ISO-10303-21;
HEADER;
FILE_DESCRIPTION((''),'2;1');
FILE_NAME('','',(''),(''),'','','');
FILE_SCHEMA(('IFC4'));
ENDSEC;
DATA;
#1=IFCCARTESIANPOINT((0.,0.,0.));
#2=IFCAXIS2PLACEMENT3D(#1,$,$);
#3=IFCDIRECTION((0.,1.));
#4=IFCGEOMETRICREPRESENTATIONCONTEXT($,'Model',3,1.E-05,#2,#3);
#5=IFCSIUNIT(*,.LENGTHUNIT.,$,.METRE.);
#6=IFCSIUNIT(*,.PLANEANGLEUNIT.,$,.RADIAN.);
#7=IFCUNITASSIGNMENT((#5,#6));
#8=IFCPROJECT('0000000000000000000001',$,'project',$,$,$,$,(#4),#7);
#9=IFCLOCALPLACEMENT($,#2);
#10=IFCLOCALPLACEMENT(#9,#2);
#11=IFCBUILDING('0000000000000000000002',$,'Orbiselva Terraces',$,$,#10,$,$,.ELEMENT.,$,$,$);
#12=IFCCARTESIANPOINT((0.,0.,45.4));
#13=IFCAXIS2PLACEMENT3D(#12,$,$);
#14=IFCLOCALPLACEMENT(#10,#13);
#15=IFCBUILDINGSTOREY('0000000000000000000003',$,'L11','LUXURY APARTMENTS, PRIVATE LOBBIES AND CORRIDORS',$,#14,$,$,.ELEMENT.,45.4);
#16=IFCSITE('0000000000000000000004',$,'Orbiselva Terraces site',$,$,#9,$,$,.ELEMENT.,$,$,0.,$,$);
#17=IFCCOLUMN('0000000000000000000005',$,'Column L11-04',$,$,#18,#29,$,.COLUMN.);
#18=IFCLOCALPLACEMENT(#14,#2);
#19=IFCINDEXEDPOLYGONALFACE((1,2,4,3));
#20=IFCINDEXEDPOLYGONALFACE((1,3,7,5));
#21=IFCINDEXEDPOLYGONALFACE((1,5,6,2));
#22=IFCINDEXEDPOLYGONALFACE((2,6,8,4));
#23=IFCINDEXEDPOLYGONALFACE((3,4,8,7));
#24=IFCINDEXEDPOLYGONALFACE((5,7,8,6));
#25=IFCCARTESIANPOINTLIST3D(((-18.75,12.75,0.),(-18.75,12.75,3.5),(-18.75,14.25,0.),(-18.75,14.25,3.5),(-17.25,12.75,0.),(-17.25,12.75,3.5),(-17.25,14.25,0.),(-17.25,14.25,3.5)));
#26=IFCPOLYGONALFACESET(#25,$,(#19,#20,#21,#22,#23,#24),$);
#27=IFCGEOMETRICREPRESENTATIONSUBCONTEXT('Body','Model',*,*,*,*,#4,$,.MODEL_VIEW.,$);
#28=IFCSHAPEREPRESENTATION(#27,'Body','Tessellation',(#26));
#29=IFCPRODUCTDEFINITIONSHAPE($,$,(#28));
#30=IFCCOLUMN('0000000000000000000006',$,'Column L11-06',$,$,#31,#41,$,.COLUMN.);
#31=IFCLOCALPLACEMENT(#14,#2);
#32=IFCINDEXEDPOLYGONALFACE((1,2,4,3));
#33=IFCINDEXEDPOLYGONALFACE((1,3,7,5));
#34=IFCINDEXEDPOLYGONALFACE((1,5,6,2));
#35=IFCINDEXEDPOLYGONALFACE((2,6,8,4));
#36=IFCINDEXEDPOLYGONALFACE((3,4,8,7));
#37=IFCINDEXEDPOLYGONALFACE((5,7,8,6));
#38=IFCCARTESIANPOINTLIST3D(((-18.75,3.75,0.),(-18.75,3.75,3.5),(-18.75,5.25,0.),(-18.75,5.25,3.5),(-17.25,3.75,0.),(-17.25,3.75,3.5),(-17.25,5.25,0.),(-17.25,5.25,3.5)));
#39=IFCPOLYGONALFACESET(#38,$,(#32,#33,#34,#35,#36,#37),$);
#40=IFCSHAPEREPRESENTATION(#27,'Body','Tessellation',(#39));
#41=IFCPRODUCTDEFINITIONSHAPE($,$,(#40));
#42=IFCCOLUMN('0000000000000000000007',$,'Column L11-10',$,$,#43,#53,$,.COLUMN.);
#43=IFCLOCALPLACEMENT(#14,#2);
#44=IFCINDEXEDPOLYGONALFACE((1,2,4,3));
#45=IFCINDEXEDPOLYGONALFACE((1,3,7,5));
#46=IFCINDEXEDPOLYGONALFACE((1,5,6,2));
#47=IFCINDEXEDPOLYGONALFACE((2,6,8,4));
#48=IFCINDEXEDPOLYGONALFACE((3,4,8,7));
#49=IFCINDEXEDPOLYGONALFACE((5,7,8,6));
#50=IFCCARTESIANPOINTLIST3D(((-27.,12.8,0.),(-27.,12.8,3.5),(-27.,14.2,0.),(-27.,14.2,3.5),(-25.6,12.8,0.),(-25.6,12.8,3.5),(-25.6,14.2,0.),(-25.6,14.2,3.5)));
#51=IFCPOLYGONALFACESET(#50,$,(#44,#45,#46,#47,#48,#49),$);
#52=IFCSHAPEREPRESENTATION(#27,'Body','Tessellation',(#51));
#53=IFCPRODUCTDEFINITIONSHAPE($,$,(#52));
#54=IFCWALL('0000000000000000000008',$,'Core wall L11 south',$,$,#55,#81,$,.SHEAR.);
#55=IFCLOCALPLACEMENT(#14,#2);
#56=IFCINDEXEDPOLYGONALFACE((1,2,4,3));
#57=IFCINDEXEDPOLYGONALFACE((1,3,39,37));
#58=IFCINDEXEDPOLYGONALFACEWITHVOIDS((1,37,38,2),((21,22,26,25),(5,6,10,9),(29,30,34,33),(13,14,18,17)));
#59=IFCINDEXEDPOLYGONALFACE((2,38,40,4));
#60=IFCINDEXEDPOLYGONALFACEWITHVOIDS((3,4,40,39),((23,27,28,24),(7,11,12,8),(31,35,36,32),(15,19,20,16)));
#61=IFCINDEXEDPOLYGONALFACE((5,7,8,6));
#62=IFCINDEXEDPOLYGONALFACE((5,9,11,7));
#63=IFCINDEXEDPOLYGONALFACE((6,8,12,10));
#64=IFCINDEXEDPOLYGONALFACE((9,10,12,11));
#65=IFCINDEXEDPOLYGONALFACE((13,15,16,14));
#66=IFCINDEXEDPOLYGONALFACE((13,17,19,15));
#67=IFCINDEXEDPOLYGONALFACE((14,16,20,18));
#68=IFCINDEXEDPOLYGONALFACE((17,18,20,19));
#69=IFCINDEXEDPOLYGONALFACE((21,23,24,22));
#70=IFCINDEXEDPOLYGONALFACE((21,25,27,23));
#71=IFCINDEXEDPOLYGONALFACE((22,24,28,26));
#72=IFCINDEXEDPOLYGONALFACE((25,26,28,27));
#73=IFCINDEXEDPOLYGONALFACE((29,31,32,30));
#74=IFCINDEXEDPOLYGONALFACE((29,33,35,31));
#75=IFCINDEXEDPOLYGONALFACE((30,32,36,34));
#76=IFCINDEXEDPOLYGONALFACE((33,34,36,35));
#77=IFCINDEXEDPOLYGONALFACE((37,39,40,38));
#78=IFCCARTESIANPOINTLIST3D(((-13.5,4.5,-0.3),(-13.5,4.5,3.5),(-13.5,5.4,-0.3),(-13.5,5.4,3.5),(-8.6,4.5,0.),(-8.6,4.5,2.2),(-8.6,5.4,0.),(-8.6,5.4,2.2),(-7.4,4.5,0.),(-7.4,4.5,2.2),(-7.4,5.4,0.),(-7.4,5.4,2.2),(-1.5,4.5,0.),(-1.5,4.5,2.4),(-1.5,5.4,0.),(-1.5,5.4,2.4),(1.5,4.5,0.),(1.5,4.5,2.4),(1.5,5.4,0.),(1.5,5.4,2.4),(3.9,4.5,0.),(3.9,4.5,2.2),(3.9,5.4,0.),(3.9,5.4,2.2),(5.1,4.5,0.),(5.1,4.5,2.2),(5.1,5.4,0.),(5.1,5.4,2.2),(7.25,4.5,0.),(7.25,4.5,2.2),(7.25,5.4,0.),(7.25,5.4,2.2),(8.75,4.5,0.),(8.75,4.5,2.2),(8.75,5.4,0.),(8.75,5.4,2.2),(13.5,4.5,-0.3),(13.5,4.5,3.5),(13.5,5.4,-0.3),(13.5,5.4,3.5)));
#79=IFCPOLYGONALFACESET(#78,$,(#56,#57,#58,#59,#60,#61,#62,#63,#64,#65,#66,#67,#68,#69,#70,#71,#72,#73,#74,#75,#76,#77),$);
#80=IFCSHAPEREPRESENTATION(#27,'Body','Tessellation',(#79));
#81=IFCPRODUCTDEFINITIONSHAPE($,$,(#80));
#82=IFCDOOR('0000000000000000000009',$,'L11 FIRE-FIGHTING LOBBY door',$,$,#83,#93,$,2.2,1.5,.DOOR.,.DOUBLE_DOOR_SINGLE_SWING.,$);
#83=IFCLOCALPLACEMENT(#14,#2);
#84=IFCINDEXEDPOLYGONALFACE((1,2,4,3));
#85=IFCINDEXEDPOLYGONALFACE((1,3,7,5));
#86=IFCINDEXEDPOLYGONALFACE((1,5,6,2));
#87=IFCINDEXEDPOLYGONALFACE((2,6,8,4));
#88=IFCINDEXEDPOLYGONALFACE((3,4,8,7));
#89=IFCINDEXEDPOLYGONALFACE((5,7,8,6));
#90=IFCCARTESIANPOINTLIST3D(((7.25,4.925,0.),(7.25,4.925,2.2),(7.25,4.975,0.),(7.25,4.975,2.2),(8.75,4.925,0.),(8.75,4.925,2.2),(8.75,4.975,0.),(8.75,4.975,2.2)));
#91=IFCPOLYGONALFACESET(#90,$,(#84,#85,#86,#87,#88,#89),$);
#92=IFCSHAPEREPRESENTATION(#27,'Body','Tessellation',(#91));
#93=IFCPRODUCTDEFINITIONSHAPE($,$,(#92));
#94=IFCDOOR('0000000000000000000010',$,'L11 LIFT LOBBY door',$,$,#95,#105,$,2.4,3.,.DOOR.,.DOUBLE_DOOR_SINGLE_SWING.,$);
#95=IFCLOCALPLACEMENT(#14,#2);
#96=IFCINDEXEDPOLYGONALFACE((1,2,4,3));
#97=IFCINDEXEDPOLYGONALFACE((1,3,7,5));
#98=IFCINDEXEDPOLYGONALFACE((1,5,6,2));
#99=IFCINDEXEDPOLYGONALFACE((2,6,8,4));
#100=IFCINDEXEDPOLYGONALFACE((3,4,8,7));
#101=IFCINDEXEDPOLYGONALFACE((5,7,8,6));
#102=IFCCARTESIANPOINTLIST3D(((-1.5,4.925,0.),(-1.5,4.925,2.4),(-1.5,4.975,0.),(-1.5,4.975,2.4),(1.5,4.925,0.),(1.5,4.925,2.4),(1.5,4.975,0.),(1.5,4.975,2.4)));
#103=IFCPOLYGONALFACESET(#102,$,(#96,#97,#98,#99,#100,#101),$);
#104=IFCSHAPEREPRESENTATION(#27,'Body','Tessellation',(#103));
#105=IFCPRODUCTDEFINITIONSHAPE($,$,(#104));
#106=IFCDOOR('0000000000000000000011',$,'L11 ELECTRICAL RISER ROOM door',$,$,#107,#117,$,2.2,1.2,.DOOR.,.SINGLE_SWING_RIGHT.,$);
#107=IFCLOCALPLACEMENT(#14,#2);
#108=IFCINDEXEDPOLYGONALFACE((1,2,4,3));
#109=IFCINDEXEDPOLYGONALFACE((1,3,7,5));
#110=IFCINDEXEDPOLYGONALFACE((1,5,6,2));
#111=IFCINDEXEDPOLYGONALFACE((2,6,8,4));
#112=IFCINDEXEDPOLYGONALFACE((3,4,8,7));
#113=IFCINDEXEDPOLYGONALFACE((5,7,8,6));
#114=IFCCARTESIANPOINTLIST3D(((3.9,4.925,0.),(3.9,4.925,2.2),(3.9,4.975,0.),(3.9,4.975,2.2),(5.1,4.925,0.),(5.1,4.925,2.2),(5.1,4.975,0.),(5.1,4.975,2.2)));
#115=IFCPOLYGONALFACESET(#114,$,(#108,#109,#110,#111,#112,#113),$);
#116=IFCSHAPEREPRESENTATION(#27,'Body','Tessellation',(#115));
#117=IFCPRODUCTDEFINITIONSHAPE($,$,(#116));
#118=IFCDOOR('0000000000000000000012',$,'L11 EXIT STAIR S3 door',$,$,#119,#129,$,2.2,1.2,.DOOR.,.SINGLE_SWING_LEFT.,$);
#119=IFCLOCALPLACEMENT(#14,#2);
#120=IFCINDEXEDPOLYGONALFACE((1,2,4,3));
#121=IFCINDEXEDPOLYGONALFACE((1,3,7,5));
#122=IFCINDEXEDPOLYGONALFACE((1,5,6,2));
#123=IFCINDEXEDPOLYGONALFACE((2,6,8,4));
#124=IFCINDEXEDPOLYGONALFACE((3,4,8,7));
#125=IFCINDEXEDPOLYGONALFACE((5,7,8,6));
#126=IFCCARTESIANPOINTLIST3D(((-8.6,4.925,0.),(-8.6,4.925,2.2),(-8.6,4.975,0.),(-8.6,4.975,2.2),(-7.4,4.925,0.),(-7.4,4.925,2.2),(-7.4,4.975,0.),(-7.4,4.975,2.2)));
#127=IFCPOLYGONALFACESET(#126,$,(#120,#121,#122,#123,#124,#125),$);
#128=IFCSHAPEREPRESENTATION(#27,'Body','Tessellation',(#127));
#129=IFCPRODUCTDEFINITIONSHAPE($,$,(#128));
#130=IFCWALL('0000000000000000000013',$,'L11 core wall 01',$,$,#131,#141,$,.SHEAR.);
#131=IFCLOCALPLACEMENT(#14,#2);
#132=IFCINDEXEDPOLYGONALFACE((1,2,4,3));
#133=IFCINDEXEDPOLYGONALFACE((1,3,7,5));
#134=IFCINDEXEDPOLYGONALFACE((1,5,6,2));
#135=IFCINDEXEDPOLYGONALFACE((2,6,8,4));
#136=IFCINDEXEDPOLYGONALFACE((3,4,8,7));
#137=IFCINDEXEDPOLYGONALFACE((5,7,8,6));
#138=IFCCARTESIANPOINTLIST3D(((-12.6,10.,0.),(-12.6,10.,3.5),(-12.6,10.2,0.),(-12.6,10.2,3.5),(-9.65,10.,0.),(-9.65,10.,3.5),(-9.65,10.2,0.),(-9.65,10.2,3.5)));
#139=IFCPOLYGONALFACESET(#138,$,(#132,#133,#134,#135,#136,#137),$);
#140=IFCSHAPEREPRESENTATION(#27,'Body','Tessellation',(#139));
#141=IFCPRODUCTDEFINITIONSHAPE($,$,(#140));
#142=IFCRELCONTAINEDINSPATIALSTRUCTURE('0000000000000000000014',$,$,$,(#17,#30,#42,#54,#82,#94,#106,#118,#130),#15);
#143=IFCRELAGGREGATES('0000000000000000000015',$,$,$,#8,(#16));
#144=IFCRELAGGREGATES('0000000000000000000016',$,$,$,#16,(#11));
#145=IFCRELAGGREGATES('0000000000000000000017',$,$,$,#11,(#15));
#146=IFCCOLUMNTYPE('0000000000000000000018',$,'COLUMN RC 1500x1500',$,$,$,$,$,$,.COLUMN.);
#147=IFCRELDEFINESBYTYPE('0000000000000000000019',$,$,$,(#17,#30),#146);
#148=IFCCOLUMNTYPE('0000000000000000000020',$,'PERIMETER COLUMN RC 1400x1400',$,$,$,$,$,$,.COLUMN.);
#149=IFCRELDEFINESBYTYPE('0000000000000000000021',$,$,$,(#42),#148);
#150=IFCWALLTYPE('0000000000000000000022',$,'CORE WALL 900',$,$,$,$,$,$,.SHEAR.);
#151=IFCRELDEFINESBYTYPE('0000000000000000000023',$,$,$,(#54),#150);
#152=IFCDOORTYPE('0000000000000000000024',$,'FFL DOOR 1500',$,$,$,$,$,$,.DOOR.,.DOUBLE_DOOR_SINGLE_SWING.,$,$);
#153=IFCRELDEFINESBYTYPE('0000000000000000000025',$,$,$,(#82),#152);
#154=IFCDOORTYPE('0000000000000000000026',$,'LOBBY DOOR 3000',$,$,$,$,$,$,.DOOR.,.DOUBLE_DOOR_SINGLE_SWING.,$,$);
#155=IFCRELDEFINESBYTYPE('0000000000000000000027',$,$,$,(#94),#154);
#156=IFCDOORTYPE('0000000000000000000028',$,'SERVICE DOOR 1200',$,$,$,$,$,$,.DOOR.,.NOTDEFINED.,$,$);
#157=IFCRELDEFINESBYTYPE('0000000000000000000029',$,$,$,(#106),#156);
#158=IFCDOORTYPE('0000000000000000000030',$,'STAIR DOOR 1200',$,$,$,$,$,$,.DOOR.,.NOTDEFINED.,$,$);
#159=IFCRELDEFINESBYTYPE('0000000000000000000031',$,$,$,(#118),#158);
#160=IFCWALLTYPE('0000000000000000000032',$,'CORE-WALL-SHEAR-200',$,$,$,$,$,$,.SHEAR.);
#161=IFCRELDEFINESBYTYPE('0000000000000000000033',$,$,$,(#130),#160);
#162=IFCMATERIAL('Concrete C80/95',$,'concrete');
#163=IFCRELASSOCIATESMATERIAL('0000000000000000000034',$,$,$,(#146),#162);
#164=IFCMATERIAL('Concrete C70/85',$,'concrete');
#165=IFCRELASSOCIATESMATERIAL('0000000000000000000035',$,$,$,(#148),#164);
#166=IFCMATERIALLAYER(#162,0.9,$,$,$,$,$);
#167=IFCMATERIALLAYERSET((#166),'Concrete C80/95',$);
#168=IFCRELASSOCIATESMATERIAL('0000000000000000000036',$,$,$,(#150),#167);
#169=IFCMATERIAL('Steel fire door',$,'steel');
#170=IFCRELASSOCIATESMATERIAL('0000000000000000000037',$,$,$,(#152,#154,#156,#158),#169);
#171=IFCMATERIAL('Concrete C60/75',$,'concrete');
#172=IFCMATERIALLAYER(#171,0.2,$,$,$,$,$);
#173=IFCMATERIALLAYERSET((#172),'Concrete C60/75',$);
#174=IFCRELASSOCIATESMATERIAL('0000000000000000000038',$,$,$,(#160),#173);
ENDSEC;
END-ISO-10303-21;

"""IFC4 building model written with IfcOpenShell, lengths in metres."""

from ifc_helpers import new_model, si_unit, direction, frame, frame_2d, origin, origin_2d, place, context, subcontext, project, spatial, rectangle, extrude, material, layer, layer_set, material_profile, profile_set, type_object, element, fill, save


model = new_model("IFC4")

# Units and contexts
model_context = context("Model", 3, precision=1e-05, world=origin(), true_north=direction((0.0, 1.0)))
body_context = subcontext(model_context, "Body", "Model", "MODEL_VIEW")
ifc_project = project(units=[si_unit("LENGTHUNIT", "METRE"), si_unit("PLANEANGLEUNIT", "RADIAN")], contexts=[model_context])

# Site, building, storey
site_placement = place(None, origin())
site = spatial("IfcSite", under=ifc_project, at=site_placement, Name="Orbiselva Terraces site", CompositionType="ELEMENT", RefElevation=0.0)
building_placement = place(site_placement, origin())
building = spatial("IfcBuilding", under=site, at=building_placement, Name="Orbiselva Terraces", CompositionType="ELEMENT")
storey_placement = place(building_placement, frame((0.0, 0.0, 45.4)))
storey = spatial("IfcBuildingStorey", under=building, at=storey_placement, Name="L11", Description="LUXURY APARTMENTS, PRIVATE LOBBIES AND CORRIDORS", CompositionType="ELEMENT", Elevation=45.4)

# Columns
ifc_material_1 = material(Name="Concrete C80/95", Category="concrete")
ifc_material_profile_1 = material_profile(ifc_material_1, rectangle(XDim=1.5, YDim=1.5, at=origin_2d()), Name="RC 1500x1500")
ifc_profile_set_1 = profile_set([ifc_material_profile_1], Name="Concrete C80/95")
column_type_1 = type_object("IfcColumnType", Name="COLUMN RC 1500x1500", PredefinedType="COLUMN", material=ifc_profile_set_1)
for number, where, z_axis, x_axis, name in (
    (1, (-18.0, 13.5, 0.0), (0.0, 0.0, 1.0), (1.0, 0.0, 0.0), "Column L11-04"),
    (2, (-18.0, 4.5, 0.0), (0.0, 0.0, 1.0), (1.0, 0.0, 0.0), "Column L11-06"),
):
    element("IfcColumn", number, at=place(storey_placement, frame(where, z_axis=z_axis, x_axis=x_axis)), inside=storey, type_object=column_type_1, Name=name, PredefinedType="COLUMN", context=body_context, shape_type="SweptSolid", body=[
        extrude(rectangle(XDim=1.5, YDim=1.5, at=origin_2d()), origin(), (0.0, 0.0, 1.0), 3.5),
    ])
ifc_material_2 = material(Name="Concrete C70/85", Category="concrete")
ifc_material_profile_2 = material_profile(ifc_material_2, rectangle(XDim=1.4, YDim=1.4, at=origin_2d()), Name="RC 1400x1400")
ifc_profile_set_2 = profile_set([ifc_material_profile_2], Name="Concrete C70/85")
column_type_2 = type_object("IfcColumnType", Name="PERIMETER COLUMN RC 1400x1400", PredefinedType="COLUMN", material=ifc_profile_set_2)
column_placement = place(storey_placement, frame((-26.3, 13.5, 0.0), z_axis=(0.0, 0.0, 1.0), x_axis=(1.0, 0.0, 0.0)))
element("IfcColumn", 3, at=column_placement, inside=storey, type_object=column_type_2, Name="Column L11-10", PredefinedType="COLUMN", context=body_context, shape_type="SweptSolid", body=[
    extrude(rectangle(XDim=1.4, YDim=1.4, at=origin_2d()), origin(), (0.0, 0.0, 1.0), 3.5),
])

# Wall, openings, doors
ifc_layer_1 = layer(ifc_material_1, 0.9)
ifc_layer_set_1 = layer_set([ifc_layer_1], Name="Concrete C80/95")
wall_type_1 = type_object("IfcWallType", Name="CORE WALL 900", PredefinedType="SHEAR", material=ifc_layer_set_1)
wall_1_placement = place(storey_placement, frame((-13.5, 4.95, -0.3), z_axis=(0.0, 0.0, 1.0), x_axis=(1.0, 0.0, 0.0)))
wall_1 = element("IfcWall", 4, at=wall_1_placement, inside=storey, type_object=wall_type_1, Name="Core wall L11 south", PredefinedType="SHEAR", context=body_context, shape_type="SweptSolid", body=[
    extrude(rectangle(XDim=27.0, YDim=0.9, at=frame_2d((13.5, 0.0))), origin(), (0.0, 0.0, 1.0), 3.8),
])
opening_1_placement = place(wall_1_placement, frame((12.0, 0.0, 0.3)))
opening_1 = element("IfcOpeningElement", 5, at=opening_1_placement, cuts=wall_1, PredefinedType="OPENING", context=body_context, shape_type="SweptSolid", body=[
    extrude(rectangle(XDim=3.0, YDim=2.4, at=frame_2d((1.5, 1.2))), frame((0.0, 0.46, 0.0), z_axis=(0.0, -1.0, 0.0), x_axis=(1.0, 0.0, 0.0)), (0.0, 0.0, 1.0), 0.92),
])
opening_2_placement = place(wall_1_placement, frame((4.9, 0.0, 0.3)))
opening_2 = element("IfcOpeningElement", 6, at=opening_2_placement, cuts=wall_1, PredefinedType="OPENING", context=body_context, shape_type="SweptSolid", body=[
    extrude(rectangle(XDim=1.2, YDim=2.2, at=frame_2d((0.6, 1.1))), frame((0.0, 0.46, 0.0), z_axis=(0.0, -1.0, 0.0), x_axis=(1.0, 0.0, 0.0)), (0.0, 0.0, 1.0), 0.92),
])
opening_3_placement = place(wall_1_placement, frame((20.75, 0.0, 0.3)))
opening_3 = element("IfcOpeningElement", 7, at=opening_3_placement, cuts=wall_1, PredefinedType="OPENING", context=body_context, shape_type="SweptSolid", body=[
    extrude(rectangle(XDim=1.5, YDim=2.2, at=frame_2d((0.75, 1.1))), frame((0.0, 0.46, 0.0), z_axis=(0.0, -1.0, 0.0), x_axis=(1.0, 0.0, 0.0)), (0.0, 0.0, 1.0), 0.92),
])
opening_4_placement = place(wall_1_placement, frame((17.4, 0.0, 0.3)))
opening_4 = element("IfcOpeningElement", 8, at=opening_4_placement, cuts=wall_1, PredefinedType="OPENING", context=body_context, shape_type="SweptSolid", body=[
    extrude(rectangle(XDim=1.2, YDim=2.2, at=frame_2d((0.6, 1.1))), frame((0.0, 0.46, 0.0), z_axis=(0.0, -1.0, 0.0), x_axis=(1.0, 0.0, 0.0)), (0.0, 0.0, 1.0), 0.92),
])
ifc_material_3 = material(Name="Steel fire door", Category="steel")
door_type_1 = type_object("IfcDoorType", Name="FFL DOOR 1500", OperationType="DOUBLE_DOOR_SINGLE_SWING", PredefinedType="DOOR", material=ifc_material_3)
door_1_placement = place(opening_3_placement, frame((1.5, 0.0, 0.0), z_axis=(0.0, 0.0, 1.0), x_axis=(-1.0, 0.0, 0.0)))
door_1 = element("IfcDoor", 9, at=door_1_placement, inside=storey, type_object=door_type_1, Name="L11 FIRE-FIGHTING LOBBY door", OperationType="DOUBLE_DOOR_SINGLE_SWING", OverallHeight=2.2, OverallWidth=1.5, PredefinedType="DOOR", context=body_context, shape_type="SweptSolid", body=[
    extrude(rectangle(XDim=1.5, YDim=2.2, at=frame_2d((0.75, 1.1))), frame((0.0, 0.025, 0.0), z_axis=(0.0, -1.0, 0.0), x_axis=(1.0, 0.0, 0.0)), (0.0, 0.0, 1.0), 0.05),
])
fill(opening_3, door_1)
door_type_2 = type_object("IfcDoorType", Name="LOBBY DOOR 3000", OperationType="DOUBLE_DOOR_SINGLE_SWING", PredefinedType="DOOR", material=ifc_material_3)
door_2_placement = place(opening_1_placement, frame((3.0, 0.0, 0.0), z_axis=(0.0, 0.0, 1.0), x_axis=(-1.0, 0.0, 0.0)))
door_2 = element("IfcDoor", 10, at=door_2_placement, inside=storey, type_object=door_type_2, Name="L11 LIFT LOBBY door", OperationType="DOUBLE_DOOR_SINGLE_SWING", OverallHeight=2.4, OverallWidth=3.0, PredefinedType="DOOR", context=body_context, shape_type="SweptSolid", body=[
    extrude(rectangle(XDim=3.0, YDim=2.4, at=frame_2d((1.5, 1.2))), frame((0.0, 0.025, 0.0), z_axis=(0.0, -1.0, 0.0), x_axis=(1.0, 0.0, 0.0)), (0.0, 0.0, 1.0), 0.05),
])
fill(opening_1, door_2)
door_type_3 = type_object("IfcDoorType", Name="SERVICE DOOR 1200", OperationType="NOTDEFINED", PredefinedType="DOOR", material=ifc_material_3)
door_3_placement = place(opening_4_placement, frame((1.2, 0.0, 0.0), z_axis=(0.0, 0.0, 1.0), x_axis=(-1.0, 0.0, 0.0)))
door_3 = element("IfcDoor", 11, at=door_3_placement, inside=storey, type_object=door_type_3, Name="L11 ELECTRICAL RISER ROOM door", OperationType="SINGLE_SWING_RIGHT", OverallHeight=2.2, OverallWidth=1.2, PredefinedType="DOOR", context=body_context, shape_type="SweptSolid", body=[
    extrude(rectangle(XDim=1.2, YDim=2.2, at=frame_2d((0.6, 1.1))), frame((0.0, 0.025, 0.0), z_axis=(0.0, -1.0, 0.0), x_axis=(1.0, 0.0, 0.0)), (0.0, 0.0, 1.0), 0.05),
])
fill(opening_4, door_3)
door_type_4 = type_object("IfcDoorType", Name="STAIR DOOR 1200", OperationType="NOTDEFINED", PredefinedType="DOOR", material=ifc_material_3)
door_4_placement = place(opening_2_placement, frame((1.2, 0.0, 0.0), z_axis=(0.0, 0.0, 1.0), x_axis=(-1.0, 0.0, 0.0)))
door_4 = element("IfcDoor", 12, at=door_4_placement, inside=storey, type_object=door_type_4, Name="L11 EXIT STAIR S3 door", OperationType="SINGLE_SWING_LEFT", OverallHeight=2.2, OverallWidth=1.2, PredefinedType="DOOR", context=body_context, shape_type="SweptSolid", body=[
    extrude(rectangle(XDim=1.2, YDim=2.2, at=frame_2d((0.6, 1.1))), frame((0.0, 0.025, 0.0), z_axis=(0.0, -1.0, 0.0), x_axis=(1.0, 0.0, 0.0)), (0.0, 0.0, 1.0), 0.05),
])
fill(opening_2, door_4)

# Wall
ifc_material_4 = material(Name="Concrete C60/75", Category="concrete")
ifc_layer_2 = layer(ifc_material_4, 0.2)
ifc_layer_set_2 = layer_set([ifc_layer_2], Name="Concrete C60/75")
wall_type_2 = type_object("IfcWallType", Name="CORE-WALL-SHEAR-200", PredefinedType="SHEAR", material=ifc_layer_set_2)
wall_2_placement = place(storey_placement, frame((-12.6, 10.1, 0.0), z_axis=(0.0, 0.0, 1.0), x_axis=(1.0, 0.0, 0.0)))
element("IfcWall", 13, at=wall_2_placement, inside=storey, type_object=wall_type_2, Name="L11 core wall 01", PredefinedType="SHEAR", context=body_context, shape_type="SweptSolid", body=[
    extrude(rectangle(XDim=2.95, YDim=0.2, at=frame_2d((1.475, 0.0))), origin(), (0.0, 0.0, 1.0), 3.5),
])

save(model, "model.ifc")
